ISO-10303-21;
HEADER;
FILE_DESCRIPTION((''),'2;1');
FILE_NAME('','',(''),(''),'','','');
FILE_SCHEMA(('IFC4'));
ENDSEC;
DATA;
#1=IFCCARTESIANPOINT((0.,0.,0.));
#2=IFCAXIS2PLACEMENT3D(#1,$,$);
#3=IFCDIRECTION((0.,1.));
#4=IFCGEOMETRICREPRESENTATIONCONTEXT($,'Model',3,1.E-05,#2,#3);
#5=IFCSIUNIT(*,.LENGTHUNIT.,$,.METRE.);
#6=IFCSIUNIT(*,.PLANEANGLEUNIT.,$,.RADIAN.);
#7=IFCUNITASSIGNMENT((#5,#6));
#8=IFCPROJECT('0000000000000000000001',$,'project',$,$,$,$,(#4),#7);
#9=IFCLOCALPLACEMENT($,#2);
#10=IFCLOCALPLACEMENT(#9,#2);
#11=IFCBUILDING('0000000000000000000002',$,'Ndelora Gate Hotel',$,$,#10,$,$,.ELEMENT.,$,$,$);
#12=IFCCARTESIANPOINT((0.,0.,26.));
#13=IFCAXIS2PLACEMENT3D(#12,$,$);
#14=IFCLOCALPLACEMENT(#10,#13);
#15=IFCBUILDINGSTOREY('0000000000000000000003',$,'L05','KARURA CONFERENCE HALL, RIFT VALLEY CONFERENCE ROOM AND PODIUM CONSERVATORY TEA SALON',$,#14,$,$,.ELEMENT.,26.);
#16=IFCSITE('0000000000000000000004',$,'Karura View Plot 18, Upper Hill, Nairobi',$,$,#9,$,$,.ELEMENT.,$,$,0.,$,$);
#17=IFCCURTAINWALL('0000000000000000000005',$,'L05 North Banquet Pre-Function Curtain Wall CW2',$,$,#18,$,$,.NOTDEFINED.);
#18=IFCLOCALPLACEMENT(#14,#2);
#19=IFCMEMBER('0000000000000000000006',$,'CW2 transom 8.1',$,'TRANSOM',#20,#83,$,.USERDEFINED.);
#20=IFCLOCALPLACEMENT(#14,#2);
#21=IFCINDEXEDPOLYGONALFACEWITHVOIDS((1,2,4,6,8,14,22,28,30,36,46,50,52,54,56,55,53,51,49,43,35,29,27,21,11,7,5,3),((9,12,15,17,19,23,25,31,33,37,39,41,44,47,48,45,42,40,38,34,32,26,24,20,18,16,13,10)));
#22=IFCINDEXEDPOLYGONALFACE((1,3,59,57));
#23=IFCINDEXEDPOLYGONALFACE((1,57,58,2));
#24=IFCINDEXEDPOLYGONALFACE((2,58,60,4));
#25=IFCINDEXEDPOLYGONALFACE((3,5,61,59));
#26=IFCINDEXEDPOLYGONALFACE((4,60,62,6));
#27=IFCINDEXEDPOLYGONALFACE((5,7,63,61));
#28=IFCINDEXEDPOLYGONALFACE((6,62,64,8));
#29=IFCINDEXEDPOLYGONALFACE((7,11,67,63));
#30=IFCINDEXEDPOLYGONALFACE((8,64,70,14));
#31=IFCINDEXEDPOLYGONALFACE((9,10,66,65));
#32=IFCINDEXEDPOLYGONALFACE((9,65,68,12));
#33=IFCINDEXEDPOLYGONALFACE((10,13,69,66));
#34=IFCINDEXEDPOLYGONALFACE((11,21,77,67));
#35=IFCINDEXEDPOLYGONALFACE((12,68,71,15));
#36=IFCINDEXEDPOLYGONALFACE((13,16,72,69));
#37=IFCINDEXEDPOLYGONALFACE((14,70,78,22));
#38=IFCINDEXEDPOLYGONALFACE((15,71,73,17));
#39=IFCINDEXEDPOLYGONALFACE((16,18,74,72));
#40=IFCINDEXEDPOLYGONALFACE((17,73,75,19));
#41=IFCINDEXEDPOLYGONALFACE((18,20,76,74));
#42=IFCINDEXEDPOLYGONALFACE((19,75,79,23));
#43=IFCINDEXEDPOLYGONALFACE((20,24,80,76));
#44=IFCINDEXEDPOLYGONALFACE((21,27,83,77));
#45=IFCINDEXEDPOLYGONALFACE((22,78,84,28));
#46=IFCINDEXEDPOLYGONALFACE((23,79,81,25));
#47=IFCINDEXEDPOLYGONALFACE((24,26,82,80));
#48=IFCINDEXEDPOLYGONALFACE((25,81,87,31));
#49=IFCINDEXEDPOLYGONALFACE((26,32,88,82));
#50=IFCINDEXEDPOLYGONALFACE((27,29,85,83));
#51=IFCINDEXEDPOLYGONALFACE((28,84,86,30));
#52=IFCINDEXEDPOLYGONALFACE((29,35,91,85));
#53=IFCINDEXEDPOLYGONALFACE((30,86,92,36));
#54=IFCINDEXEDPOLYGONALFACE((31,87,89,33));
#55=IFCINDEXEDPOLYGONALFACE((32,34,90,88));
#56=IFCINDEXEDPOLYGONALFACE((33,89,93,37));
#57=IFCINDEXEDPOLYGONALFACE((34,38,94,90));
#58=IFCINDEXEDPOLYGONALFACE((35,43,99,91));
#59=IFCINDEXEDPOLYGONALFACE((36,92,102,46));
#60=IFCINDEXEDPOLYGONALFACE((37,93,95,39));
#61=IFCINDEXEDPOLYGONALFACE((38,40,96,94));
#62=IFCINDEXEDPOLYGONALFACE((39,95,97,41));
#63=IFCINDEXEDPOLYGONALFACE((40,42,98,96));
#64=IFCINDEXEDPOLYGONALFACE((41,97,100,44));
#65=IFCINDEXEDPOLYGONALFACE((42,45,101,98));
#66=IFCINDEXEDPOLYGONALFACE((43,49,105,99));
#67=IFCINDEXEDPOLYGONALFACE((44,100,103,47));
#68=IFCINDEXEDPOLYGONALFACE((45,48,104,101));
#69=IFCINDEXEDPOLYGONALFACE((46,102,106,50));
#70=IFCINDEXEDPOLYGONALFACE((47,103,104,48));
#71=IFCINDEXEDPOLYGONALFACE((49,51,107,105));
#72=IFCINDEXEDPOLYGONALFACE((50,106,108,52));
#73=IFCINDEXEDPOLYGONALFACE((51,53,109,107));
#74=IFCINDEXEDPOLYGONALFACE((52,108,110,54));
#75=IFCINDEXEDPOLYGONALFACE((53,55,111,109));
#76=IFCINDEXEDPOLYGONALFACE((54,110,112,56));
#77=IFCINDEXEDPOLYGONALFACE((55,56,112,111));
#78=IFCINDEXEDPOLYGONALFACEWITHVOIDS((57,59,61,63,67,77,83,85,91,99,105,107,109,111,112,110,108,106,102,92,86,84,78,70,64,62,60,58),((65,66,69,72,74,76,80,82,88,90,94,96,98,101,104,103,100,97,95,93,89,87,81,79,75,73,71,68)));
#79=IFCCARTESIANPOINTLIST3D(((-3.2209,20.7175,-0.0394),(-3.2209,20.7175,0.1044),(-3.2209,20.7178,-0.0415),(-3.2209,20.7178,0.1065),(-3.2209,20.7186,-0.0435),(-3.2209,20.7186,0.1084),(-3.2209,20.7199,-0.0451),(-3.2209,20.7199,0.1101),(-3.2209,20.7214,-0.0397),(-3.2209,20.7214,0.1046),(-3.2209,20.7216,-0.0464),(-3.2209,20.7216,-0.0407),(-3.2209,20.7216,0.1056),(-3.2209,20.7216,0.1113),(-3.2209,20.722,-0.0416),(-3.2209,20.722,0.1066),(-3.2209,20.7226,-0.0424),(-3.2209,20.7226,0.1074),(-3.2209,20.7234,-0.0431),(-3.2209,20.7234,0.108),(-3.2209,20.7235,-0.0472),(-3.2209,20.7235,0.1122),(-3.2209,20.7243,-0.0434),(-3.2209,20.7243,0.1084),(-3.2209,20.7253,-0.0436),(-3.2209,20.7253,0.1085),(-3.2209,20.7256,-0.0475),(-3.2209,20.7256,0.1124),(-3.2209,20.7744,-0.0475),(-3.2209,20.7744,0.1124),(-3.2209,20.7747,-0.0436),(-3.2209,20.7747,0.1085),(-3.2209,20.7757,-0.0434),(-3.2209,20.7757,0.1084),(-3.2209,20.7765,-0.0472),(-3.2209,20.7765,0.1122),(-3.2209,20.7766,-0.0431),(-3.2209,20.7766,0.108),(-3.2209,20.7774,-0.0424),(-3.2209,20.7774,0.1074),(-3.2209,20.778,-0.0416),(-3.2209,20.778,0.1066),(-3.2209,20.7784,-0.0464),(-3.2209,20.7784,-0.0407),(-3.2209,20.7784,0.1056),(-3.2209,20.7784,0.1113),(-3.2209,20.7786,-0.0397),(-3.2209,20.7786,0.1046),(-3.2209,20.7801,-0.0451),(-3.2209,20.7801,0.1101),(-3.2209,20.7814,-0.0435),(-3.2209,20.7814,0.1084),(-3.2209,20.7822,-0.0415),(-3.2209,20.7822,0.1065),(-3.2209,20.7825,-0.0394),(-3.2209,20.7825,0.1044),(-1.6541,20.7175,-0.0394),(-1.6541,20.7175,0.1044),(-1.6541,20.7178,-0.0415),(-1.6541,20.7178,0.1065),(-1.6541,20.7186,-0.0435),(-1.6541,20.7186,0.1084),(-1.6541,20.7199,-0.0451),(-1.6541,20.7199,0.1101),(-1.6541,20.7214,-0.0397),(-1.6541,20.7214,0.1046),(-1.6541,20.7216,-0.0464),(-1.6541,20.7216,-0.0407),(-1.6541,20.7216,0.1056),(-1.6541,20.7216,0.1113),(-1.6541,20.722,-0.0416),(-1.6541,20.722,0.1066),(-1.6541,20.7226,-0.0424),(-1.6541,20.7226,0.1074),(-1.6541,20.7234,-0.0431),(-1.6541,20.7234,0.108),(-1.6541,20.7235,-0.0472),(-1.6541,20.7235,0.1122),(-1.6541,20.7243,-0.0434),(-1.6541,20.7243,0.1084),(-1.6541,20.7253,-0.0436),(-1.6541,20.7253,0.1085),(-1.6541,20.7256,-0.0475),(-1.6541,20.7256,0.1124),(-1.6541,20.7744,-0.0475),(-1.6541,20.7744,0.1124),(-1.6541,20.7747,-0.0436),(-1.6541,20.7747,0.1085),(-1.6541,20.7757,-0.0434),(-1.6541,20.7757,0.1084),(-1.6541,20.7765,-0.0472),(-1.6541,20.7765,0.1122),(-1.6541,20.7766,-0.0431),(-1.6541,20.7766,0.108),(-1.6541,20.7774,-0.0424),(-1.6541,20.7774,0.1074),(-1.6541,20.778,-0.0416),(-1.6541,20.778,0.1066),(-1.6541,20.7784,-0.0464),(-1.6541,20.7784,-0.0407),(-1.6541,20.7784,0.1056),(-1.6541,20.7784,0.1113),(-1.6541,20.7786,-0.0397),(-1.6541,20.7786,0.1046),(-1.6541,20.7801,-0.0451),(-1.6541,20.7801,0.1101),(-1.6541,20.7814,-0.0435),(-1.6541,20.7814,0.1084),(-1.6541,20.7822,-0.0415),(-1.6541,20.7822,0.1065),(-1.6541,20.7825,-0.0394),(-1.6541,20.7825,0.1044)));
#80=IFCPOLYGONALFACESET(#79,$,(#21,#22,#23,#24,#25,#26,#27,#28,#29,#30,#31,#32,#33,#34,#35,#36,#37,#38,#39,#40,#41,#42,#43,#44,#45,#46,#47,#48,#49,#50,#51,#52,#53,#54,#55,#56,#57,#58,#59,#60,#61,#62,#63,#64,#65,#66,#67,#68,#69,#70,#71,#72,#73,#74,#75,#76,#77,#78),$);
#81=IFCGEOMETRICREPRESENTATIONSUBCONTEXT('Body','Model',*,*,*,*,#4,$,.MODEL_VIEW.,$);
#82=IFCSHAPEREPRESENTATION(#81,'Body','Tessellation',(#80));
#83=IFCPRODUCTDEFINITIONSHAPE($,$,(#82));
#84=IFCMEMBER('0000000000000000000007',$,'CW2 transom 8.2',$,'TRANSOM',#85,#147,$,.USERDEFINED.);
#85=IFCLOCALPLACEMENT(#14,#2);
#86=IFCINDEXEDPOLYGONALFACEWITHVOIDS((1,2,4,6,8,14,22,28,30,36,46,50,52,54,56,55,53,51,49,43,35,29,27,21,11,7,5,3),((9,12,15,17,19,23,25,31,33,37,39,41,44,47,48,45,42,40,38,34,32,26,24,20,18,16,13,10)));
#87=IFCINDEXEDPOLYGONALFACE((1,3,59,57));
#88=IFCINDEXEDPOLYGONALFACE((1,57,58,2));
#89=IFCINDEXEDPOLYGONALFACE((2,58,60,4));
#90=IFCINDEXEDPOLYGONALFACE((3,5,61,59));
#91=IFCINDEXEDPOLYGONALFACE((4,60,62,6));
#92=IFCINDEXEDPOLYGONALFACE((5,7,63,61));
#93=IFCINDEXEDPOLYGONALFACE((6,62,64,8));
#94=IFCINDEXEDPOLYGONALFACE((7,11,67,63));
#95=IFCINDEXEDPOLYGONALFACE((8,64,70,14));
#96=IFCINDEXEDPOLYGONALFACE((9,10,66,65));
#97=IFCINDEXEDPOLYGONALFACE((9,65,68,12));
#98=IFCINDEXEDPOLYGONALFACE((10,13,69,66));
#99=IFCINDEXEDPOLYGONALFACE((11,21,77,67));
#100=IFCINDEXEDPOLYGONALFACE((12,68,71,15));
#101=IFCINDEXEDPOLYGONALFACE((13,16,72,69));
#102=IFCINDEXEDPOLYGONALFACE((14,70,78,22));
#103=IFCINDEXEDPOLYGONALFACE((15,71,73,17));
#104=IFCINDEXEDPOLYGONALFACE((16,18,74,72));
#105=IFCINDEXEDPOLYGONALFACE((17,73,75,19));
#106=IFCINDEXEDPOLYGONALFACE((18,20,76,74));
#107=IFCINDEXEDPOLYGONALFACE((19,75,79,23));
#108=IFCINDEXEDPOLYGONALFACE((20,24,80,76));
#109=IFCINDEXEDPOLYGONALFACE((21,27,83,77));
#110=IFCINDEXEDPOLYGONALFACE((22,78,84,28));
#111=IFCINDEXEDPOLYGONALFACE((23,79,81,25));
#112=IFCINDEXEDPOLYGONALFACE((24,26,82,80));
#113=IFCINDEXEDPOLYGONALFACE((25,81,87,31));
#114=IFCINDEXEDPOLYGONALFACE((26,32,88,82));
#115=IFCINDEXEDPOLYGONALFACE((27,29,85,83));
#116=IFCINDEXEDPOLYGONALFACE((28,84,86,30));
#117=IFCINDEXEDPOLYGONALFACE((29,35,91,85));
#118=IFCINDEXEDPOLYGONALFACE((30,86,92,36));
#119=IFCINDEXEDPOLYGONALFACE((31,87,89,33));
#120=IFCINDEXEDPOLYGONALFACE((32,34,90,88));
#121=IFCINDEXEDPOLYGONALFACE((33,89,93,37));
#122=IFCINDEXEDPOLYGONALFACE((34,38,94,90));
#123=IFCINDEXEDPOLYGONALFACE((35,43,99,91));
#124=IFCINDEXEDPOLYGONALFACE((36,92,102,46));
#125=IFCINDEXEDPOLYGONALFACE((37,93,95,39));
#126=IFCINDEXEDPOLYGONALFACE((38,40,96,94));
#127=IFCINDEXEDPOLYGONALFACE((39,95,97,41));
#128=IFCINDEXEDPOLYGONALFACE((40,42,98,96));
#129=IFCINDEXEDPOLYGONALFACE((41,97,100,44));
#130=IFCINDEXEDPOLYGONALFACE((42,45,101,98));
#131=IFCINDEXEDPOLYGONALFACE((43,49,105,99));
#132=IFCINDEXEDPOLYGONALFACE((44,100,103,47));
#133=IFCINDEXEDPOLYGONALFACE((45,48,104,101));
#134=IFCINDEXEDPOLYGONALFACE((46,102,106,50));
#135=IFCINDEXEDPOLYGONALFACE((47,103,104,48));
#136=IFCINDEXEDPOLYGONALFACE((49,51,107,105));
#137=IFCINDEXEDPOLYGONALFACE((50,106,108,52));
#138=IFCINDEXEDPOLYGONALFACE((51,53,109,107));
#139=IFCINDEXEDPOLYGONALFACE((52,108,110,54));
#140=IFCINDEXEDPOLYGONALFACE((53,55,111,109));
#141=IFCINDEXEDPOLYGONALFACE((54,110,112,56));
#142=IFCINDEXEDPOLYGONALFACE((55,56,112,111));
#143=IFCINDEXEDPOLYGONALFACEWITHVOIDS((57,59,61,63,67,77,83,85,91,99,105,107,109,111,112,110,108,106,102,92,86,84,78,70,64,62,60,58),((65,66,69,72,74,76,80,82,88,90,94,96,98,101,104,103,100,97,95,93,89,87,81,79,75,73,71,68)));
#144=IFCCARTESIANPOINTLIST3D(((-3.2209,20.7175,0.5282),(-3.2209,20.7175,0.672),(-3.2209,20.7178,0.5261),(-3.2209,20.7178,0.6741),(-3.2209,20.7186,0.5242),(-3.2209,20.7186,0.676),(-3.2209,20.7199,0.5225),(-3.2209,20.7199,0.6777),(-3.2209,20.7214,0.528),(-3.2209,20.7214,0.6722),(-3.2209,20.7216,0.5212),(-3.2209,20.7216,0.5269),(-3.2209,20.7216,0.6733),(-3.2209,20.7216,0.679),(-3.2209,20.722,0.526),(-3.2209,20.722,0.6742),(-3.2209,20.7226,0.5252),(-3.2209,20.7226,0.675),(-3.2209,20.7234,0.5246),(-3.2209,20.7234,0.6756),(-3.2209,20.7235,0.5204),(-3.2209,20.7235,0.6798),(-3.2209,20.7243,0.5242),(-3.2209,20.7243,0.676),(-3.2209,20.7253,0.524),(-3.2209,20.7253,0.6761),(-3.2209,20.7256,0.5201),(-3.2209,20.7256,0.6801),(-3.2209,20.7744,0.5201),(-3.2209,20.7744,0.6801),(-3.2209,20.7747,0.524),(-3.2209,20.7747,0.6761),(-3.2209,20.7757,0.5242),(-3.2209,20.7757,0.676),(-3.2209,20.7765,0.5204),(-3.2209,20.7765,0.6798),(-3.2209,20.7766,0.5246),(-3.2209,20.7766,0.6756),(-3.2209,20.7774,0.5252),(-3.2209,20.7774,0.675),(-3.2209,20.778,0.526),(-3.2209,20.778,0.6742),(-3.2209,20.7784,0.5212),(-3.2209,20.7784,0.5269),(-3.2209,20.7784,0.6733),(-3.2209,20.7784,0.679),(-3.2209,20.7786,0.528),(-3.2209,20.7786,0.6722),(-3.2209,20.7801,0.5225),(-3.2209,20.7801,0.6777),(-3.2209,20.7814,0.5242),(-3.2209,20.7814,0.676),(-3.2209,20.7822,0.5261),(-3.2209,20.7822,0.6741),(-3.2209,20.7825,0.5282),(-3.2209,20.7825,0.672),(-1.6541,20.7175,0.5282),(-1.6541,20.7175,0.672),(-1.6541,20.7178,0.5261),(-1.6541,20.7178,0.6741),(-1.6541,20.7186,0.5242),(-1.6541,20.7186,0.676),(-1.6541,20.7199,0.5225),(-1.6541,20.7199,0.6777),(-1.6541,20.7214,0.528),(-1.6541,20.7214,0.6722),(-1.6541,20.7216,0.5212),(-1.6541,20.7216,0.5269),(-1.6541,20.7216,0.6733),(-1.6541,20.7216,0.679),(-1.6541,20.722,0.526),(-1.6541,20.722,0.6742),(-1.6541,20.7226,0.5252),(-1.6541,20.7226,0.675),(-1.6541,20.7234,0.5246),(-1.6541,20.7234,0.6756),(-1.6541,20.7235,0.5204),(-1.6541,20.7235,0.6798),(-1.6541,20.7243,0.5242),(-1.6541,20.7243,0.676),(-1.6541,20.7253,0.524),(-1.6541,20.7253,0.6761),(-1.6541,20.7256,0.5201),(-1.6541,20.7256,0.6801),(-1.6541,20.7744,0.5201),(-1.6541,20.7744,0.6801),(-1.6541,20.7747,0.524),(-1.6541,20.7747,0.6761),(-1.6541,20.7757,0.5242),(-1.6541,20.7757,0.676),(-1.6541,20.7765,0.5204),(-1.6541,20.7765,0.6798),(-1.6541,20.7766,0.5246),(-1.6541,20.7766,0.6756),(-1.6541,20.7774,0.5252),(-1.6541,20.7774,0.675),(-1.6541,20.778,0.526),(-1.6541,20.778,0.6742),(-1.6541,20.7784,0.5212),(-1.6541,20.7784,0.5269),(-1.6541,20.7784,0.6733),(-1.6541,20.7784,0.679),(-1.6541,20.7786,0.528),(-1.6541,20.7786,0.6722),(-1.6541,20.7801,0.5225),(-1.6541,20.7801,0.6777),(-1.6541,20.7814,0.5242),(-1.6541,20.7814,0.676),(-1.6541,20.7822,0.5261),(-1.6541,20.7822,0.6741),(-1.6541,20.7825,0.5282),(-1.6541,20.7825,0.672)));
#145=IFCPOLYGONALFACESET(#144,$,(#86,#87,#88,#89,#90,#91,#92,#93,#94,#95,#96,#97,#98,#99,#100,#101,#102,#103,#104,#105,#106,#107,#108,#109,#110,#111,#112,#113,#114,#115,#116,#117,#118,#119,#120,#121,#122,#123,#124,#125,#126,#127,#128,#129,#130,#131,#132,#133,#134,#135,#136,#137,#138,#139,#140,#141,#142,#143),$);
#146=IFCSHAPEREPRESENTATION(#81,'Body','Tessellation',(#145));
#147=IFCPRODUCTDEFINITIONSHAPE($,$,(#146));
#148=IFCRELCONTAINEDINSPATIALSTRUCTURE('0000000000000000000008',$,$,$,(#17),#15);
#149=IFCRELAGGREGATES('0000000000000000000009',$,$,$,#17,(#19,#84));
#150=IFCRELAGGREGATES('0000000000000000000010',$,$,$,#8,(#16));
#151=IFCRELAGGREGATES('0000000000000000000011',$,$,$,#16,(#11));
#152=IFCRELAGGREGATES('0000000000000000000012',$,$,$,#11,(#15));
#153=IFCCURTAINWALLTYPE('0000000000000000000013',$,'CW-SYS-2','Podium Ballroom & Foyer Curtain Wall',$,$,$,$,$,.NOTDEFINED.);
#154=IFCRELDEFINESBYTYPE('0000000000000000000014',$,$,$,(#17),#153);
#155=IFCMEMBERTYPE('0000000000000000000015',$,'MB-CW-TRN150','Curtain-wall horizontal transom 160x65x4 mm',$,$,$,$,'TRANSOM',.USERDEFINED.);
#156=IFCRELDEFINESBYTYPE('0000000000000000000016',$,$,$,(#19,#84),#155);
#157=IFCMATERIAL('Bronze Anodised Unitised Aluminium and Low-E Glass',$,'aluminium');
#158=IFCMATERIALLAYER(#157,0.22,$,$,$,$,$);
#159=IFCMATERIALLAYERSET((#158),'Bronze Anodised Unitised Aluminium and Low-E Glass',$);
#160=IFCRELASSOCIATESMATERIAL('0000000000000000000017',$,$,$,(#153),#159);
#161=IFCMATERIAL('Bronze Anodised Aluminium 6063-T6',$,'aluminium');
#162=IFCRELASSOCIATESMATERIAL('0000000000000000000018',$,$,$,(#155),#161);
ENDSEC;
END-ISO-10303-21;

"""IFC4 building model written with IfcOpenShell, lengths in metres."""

from ifc_helpers import new_model, si_unit, direction, frame, origin, origin_2d, place, context, subcontext, project, spatial, hollow_rectangle, extrude, material, layer, layer_set, material_profile, profile_set, type_object, element, aggregate, save


model = new_model("IFC4")

# Units and contexts
model_context = context("Model", 3, precision=1e-05, world=origin(), true_north=direction((0.0, 1.0)))
body_context = subcontext(model_context, "Body", "Model", "MODEL_VIEW")
ifc_project = project(units=[si_unit("LENGTHUNIT", "METRE"), si_unit("PLANEANGLEUNIT", "RADIAN")], contexts=[model_context])

# Site, building, storey
site_placement = place(None, origin())
site = spatial("IfcSite", under=ifc_project, at=site_placement, Name="Karura View Plot 18, Upper Hill, Nairobi", CompositionType="ELEMENT", RefElevation=0.0)
building_placement = place(site_placement, origin())
building = spatial("IfcBuilding", under=site, at=building_placement, Name="Ndelora Gate Hotel", CompositionType="ELEMENT")
storey_placement = place(building_placement, frame((0.0, 0.0, 26.0)))
storey = spatial("IfcBuildingStorey", under=building, at=storey_placement, Name="L05", Description="KARURA CONFERENCE HALL, RIFT VALLEY CONFERENCE ROOM AND PODIUM CONSERVATORY TEA SALON", CompositionType="ELEMENT", Elevation=26.0)

# Curtain wall, members
ifc_material_1 = material(Name="Bronze Anodised Unitised Aluminium and Low-E Glass", Category="aluminium")
ifc_layer_1 = layer(ifc_material_1, 0.22)
ifc_layer_set_1 = layer_set([ifc_layer_1], Name="Bronze Anodised Unitised Aluminium and Low-E Glass")
curtain_wall_type = type_object("IfcCurtainWallType", Name="CW-SYS-2", Description="Podium Ballroom & Foyer Curtain Wall", PredefinedType="NOTDEFINED", material=ifc_layer_set_1)
curtain_wall_placement = place(storey_placement, origin())
curtain_wall = element("IfcCurtainWall", 1, at=curtain_wall_placement, inside=storey, type_object=curtain_wall_type, Name="L05 North Banquet Pre-Function Curtain Wall CW2", PredefinedType="NOTDEFINED")
ifc_material_2 = material(Name="Bronze Anodised Aluminium 6063-T6", Category="aluminium")
ifc_material_profile_1 = material_profile(ifc_material_2, hollow_rectangle(XDim=0.0649, YDim=0.1599, WallThickness=0.0039, InnerFilletRadius=0.0039, OuterFilletRadius=0.0081, at=origin_2d()), Name="ALU 160x65x4")
ifc_profile_set_1 = profile_set([ifc_material_profile_1], Name="Bronze Anodised Aluminium 6063-T6")
member_type_1 = type_object("IfcMemberType", Name="MB-CW-TRN150", Description="Curtain-wall horizontal transom 160x65x4 mm", ElementType="TRANSOM", PredefinedType="USERDEFINED", material=ifc_profile_set_1)
member_1_placement = place(storey_placement, frame((-1.6541, 20.75, 0.0325), z_axis=(-1.0, 0.0, 0.0), x_axis=(0.0, -1.0, 0.0)))
member_1 = element("IfcMember", 2, at=member_1_placement, type_object=member_type_1, Name="CW2 transom 8.1", ObjectType="TRANSOM", PredefinedType="USERDEFINED", context=body_context, shape_type="SweptSolid", body=[
    extrude(hollow_rectangle(XDim=0.0649, YDim=0.1599, WallThickness=0.0039, InnerFilletRadius=0.0039, OuterFilletRadius=0.0081, at=origin_2d()), origin(), (0.0, 0.0, 1.0), 1.5669),
])
member_2_placement = place(storey_placement, frame((-1.6541, 20.75, 0.6001), z_axis=(-1.0, 0.0, 0.0), x_axis=(0.0, -1.0, 0.0)))
member_2 = element("IfcMember", 3, at=member_2_placement, type_object=member_type_1, Name="CW2 transom 8.2", ObjectType="TRANSOM", PredefinedType="USERDEFINED", context=body_context, shape_type="SweptSolid", body=[
    extrude(hollow_rectangle(XDim=0.0649, YDim=0.1599, WallThickness=0.0039, InnerFilletRadius=0.0039, OuterFilletRadius=0.0081, at=origin_2d()), origin(), (0.0, 0.0, 1.0), 1.5669),
])
aggregate(curtain_wall, [member_1, member_2])

save(model, "model.ifc")
